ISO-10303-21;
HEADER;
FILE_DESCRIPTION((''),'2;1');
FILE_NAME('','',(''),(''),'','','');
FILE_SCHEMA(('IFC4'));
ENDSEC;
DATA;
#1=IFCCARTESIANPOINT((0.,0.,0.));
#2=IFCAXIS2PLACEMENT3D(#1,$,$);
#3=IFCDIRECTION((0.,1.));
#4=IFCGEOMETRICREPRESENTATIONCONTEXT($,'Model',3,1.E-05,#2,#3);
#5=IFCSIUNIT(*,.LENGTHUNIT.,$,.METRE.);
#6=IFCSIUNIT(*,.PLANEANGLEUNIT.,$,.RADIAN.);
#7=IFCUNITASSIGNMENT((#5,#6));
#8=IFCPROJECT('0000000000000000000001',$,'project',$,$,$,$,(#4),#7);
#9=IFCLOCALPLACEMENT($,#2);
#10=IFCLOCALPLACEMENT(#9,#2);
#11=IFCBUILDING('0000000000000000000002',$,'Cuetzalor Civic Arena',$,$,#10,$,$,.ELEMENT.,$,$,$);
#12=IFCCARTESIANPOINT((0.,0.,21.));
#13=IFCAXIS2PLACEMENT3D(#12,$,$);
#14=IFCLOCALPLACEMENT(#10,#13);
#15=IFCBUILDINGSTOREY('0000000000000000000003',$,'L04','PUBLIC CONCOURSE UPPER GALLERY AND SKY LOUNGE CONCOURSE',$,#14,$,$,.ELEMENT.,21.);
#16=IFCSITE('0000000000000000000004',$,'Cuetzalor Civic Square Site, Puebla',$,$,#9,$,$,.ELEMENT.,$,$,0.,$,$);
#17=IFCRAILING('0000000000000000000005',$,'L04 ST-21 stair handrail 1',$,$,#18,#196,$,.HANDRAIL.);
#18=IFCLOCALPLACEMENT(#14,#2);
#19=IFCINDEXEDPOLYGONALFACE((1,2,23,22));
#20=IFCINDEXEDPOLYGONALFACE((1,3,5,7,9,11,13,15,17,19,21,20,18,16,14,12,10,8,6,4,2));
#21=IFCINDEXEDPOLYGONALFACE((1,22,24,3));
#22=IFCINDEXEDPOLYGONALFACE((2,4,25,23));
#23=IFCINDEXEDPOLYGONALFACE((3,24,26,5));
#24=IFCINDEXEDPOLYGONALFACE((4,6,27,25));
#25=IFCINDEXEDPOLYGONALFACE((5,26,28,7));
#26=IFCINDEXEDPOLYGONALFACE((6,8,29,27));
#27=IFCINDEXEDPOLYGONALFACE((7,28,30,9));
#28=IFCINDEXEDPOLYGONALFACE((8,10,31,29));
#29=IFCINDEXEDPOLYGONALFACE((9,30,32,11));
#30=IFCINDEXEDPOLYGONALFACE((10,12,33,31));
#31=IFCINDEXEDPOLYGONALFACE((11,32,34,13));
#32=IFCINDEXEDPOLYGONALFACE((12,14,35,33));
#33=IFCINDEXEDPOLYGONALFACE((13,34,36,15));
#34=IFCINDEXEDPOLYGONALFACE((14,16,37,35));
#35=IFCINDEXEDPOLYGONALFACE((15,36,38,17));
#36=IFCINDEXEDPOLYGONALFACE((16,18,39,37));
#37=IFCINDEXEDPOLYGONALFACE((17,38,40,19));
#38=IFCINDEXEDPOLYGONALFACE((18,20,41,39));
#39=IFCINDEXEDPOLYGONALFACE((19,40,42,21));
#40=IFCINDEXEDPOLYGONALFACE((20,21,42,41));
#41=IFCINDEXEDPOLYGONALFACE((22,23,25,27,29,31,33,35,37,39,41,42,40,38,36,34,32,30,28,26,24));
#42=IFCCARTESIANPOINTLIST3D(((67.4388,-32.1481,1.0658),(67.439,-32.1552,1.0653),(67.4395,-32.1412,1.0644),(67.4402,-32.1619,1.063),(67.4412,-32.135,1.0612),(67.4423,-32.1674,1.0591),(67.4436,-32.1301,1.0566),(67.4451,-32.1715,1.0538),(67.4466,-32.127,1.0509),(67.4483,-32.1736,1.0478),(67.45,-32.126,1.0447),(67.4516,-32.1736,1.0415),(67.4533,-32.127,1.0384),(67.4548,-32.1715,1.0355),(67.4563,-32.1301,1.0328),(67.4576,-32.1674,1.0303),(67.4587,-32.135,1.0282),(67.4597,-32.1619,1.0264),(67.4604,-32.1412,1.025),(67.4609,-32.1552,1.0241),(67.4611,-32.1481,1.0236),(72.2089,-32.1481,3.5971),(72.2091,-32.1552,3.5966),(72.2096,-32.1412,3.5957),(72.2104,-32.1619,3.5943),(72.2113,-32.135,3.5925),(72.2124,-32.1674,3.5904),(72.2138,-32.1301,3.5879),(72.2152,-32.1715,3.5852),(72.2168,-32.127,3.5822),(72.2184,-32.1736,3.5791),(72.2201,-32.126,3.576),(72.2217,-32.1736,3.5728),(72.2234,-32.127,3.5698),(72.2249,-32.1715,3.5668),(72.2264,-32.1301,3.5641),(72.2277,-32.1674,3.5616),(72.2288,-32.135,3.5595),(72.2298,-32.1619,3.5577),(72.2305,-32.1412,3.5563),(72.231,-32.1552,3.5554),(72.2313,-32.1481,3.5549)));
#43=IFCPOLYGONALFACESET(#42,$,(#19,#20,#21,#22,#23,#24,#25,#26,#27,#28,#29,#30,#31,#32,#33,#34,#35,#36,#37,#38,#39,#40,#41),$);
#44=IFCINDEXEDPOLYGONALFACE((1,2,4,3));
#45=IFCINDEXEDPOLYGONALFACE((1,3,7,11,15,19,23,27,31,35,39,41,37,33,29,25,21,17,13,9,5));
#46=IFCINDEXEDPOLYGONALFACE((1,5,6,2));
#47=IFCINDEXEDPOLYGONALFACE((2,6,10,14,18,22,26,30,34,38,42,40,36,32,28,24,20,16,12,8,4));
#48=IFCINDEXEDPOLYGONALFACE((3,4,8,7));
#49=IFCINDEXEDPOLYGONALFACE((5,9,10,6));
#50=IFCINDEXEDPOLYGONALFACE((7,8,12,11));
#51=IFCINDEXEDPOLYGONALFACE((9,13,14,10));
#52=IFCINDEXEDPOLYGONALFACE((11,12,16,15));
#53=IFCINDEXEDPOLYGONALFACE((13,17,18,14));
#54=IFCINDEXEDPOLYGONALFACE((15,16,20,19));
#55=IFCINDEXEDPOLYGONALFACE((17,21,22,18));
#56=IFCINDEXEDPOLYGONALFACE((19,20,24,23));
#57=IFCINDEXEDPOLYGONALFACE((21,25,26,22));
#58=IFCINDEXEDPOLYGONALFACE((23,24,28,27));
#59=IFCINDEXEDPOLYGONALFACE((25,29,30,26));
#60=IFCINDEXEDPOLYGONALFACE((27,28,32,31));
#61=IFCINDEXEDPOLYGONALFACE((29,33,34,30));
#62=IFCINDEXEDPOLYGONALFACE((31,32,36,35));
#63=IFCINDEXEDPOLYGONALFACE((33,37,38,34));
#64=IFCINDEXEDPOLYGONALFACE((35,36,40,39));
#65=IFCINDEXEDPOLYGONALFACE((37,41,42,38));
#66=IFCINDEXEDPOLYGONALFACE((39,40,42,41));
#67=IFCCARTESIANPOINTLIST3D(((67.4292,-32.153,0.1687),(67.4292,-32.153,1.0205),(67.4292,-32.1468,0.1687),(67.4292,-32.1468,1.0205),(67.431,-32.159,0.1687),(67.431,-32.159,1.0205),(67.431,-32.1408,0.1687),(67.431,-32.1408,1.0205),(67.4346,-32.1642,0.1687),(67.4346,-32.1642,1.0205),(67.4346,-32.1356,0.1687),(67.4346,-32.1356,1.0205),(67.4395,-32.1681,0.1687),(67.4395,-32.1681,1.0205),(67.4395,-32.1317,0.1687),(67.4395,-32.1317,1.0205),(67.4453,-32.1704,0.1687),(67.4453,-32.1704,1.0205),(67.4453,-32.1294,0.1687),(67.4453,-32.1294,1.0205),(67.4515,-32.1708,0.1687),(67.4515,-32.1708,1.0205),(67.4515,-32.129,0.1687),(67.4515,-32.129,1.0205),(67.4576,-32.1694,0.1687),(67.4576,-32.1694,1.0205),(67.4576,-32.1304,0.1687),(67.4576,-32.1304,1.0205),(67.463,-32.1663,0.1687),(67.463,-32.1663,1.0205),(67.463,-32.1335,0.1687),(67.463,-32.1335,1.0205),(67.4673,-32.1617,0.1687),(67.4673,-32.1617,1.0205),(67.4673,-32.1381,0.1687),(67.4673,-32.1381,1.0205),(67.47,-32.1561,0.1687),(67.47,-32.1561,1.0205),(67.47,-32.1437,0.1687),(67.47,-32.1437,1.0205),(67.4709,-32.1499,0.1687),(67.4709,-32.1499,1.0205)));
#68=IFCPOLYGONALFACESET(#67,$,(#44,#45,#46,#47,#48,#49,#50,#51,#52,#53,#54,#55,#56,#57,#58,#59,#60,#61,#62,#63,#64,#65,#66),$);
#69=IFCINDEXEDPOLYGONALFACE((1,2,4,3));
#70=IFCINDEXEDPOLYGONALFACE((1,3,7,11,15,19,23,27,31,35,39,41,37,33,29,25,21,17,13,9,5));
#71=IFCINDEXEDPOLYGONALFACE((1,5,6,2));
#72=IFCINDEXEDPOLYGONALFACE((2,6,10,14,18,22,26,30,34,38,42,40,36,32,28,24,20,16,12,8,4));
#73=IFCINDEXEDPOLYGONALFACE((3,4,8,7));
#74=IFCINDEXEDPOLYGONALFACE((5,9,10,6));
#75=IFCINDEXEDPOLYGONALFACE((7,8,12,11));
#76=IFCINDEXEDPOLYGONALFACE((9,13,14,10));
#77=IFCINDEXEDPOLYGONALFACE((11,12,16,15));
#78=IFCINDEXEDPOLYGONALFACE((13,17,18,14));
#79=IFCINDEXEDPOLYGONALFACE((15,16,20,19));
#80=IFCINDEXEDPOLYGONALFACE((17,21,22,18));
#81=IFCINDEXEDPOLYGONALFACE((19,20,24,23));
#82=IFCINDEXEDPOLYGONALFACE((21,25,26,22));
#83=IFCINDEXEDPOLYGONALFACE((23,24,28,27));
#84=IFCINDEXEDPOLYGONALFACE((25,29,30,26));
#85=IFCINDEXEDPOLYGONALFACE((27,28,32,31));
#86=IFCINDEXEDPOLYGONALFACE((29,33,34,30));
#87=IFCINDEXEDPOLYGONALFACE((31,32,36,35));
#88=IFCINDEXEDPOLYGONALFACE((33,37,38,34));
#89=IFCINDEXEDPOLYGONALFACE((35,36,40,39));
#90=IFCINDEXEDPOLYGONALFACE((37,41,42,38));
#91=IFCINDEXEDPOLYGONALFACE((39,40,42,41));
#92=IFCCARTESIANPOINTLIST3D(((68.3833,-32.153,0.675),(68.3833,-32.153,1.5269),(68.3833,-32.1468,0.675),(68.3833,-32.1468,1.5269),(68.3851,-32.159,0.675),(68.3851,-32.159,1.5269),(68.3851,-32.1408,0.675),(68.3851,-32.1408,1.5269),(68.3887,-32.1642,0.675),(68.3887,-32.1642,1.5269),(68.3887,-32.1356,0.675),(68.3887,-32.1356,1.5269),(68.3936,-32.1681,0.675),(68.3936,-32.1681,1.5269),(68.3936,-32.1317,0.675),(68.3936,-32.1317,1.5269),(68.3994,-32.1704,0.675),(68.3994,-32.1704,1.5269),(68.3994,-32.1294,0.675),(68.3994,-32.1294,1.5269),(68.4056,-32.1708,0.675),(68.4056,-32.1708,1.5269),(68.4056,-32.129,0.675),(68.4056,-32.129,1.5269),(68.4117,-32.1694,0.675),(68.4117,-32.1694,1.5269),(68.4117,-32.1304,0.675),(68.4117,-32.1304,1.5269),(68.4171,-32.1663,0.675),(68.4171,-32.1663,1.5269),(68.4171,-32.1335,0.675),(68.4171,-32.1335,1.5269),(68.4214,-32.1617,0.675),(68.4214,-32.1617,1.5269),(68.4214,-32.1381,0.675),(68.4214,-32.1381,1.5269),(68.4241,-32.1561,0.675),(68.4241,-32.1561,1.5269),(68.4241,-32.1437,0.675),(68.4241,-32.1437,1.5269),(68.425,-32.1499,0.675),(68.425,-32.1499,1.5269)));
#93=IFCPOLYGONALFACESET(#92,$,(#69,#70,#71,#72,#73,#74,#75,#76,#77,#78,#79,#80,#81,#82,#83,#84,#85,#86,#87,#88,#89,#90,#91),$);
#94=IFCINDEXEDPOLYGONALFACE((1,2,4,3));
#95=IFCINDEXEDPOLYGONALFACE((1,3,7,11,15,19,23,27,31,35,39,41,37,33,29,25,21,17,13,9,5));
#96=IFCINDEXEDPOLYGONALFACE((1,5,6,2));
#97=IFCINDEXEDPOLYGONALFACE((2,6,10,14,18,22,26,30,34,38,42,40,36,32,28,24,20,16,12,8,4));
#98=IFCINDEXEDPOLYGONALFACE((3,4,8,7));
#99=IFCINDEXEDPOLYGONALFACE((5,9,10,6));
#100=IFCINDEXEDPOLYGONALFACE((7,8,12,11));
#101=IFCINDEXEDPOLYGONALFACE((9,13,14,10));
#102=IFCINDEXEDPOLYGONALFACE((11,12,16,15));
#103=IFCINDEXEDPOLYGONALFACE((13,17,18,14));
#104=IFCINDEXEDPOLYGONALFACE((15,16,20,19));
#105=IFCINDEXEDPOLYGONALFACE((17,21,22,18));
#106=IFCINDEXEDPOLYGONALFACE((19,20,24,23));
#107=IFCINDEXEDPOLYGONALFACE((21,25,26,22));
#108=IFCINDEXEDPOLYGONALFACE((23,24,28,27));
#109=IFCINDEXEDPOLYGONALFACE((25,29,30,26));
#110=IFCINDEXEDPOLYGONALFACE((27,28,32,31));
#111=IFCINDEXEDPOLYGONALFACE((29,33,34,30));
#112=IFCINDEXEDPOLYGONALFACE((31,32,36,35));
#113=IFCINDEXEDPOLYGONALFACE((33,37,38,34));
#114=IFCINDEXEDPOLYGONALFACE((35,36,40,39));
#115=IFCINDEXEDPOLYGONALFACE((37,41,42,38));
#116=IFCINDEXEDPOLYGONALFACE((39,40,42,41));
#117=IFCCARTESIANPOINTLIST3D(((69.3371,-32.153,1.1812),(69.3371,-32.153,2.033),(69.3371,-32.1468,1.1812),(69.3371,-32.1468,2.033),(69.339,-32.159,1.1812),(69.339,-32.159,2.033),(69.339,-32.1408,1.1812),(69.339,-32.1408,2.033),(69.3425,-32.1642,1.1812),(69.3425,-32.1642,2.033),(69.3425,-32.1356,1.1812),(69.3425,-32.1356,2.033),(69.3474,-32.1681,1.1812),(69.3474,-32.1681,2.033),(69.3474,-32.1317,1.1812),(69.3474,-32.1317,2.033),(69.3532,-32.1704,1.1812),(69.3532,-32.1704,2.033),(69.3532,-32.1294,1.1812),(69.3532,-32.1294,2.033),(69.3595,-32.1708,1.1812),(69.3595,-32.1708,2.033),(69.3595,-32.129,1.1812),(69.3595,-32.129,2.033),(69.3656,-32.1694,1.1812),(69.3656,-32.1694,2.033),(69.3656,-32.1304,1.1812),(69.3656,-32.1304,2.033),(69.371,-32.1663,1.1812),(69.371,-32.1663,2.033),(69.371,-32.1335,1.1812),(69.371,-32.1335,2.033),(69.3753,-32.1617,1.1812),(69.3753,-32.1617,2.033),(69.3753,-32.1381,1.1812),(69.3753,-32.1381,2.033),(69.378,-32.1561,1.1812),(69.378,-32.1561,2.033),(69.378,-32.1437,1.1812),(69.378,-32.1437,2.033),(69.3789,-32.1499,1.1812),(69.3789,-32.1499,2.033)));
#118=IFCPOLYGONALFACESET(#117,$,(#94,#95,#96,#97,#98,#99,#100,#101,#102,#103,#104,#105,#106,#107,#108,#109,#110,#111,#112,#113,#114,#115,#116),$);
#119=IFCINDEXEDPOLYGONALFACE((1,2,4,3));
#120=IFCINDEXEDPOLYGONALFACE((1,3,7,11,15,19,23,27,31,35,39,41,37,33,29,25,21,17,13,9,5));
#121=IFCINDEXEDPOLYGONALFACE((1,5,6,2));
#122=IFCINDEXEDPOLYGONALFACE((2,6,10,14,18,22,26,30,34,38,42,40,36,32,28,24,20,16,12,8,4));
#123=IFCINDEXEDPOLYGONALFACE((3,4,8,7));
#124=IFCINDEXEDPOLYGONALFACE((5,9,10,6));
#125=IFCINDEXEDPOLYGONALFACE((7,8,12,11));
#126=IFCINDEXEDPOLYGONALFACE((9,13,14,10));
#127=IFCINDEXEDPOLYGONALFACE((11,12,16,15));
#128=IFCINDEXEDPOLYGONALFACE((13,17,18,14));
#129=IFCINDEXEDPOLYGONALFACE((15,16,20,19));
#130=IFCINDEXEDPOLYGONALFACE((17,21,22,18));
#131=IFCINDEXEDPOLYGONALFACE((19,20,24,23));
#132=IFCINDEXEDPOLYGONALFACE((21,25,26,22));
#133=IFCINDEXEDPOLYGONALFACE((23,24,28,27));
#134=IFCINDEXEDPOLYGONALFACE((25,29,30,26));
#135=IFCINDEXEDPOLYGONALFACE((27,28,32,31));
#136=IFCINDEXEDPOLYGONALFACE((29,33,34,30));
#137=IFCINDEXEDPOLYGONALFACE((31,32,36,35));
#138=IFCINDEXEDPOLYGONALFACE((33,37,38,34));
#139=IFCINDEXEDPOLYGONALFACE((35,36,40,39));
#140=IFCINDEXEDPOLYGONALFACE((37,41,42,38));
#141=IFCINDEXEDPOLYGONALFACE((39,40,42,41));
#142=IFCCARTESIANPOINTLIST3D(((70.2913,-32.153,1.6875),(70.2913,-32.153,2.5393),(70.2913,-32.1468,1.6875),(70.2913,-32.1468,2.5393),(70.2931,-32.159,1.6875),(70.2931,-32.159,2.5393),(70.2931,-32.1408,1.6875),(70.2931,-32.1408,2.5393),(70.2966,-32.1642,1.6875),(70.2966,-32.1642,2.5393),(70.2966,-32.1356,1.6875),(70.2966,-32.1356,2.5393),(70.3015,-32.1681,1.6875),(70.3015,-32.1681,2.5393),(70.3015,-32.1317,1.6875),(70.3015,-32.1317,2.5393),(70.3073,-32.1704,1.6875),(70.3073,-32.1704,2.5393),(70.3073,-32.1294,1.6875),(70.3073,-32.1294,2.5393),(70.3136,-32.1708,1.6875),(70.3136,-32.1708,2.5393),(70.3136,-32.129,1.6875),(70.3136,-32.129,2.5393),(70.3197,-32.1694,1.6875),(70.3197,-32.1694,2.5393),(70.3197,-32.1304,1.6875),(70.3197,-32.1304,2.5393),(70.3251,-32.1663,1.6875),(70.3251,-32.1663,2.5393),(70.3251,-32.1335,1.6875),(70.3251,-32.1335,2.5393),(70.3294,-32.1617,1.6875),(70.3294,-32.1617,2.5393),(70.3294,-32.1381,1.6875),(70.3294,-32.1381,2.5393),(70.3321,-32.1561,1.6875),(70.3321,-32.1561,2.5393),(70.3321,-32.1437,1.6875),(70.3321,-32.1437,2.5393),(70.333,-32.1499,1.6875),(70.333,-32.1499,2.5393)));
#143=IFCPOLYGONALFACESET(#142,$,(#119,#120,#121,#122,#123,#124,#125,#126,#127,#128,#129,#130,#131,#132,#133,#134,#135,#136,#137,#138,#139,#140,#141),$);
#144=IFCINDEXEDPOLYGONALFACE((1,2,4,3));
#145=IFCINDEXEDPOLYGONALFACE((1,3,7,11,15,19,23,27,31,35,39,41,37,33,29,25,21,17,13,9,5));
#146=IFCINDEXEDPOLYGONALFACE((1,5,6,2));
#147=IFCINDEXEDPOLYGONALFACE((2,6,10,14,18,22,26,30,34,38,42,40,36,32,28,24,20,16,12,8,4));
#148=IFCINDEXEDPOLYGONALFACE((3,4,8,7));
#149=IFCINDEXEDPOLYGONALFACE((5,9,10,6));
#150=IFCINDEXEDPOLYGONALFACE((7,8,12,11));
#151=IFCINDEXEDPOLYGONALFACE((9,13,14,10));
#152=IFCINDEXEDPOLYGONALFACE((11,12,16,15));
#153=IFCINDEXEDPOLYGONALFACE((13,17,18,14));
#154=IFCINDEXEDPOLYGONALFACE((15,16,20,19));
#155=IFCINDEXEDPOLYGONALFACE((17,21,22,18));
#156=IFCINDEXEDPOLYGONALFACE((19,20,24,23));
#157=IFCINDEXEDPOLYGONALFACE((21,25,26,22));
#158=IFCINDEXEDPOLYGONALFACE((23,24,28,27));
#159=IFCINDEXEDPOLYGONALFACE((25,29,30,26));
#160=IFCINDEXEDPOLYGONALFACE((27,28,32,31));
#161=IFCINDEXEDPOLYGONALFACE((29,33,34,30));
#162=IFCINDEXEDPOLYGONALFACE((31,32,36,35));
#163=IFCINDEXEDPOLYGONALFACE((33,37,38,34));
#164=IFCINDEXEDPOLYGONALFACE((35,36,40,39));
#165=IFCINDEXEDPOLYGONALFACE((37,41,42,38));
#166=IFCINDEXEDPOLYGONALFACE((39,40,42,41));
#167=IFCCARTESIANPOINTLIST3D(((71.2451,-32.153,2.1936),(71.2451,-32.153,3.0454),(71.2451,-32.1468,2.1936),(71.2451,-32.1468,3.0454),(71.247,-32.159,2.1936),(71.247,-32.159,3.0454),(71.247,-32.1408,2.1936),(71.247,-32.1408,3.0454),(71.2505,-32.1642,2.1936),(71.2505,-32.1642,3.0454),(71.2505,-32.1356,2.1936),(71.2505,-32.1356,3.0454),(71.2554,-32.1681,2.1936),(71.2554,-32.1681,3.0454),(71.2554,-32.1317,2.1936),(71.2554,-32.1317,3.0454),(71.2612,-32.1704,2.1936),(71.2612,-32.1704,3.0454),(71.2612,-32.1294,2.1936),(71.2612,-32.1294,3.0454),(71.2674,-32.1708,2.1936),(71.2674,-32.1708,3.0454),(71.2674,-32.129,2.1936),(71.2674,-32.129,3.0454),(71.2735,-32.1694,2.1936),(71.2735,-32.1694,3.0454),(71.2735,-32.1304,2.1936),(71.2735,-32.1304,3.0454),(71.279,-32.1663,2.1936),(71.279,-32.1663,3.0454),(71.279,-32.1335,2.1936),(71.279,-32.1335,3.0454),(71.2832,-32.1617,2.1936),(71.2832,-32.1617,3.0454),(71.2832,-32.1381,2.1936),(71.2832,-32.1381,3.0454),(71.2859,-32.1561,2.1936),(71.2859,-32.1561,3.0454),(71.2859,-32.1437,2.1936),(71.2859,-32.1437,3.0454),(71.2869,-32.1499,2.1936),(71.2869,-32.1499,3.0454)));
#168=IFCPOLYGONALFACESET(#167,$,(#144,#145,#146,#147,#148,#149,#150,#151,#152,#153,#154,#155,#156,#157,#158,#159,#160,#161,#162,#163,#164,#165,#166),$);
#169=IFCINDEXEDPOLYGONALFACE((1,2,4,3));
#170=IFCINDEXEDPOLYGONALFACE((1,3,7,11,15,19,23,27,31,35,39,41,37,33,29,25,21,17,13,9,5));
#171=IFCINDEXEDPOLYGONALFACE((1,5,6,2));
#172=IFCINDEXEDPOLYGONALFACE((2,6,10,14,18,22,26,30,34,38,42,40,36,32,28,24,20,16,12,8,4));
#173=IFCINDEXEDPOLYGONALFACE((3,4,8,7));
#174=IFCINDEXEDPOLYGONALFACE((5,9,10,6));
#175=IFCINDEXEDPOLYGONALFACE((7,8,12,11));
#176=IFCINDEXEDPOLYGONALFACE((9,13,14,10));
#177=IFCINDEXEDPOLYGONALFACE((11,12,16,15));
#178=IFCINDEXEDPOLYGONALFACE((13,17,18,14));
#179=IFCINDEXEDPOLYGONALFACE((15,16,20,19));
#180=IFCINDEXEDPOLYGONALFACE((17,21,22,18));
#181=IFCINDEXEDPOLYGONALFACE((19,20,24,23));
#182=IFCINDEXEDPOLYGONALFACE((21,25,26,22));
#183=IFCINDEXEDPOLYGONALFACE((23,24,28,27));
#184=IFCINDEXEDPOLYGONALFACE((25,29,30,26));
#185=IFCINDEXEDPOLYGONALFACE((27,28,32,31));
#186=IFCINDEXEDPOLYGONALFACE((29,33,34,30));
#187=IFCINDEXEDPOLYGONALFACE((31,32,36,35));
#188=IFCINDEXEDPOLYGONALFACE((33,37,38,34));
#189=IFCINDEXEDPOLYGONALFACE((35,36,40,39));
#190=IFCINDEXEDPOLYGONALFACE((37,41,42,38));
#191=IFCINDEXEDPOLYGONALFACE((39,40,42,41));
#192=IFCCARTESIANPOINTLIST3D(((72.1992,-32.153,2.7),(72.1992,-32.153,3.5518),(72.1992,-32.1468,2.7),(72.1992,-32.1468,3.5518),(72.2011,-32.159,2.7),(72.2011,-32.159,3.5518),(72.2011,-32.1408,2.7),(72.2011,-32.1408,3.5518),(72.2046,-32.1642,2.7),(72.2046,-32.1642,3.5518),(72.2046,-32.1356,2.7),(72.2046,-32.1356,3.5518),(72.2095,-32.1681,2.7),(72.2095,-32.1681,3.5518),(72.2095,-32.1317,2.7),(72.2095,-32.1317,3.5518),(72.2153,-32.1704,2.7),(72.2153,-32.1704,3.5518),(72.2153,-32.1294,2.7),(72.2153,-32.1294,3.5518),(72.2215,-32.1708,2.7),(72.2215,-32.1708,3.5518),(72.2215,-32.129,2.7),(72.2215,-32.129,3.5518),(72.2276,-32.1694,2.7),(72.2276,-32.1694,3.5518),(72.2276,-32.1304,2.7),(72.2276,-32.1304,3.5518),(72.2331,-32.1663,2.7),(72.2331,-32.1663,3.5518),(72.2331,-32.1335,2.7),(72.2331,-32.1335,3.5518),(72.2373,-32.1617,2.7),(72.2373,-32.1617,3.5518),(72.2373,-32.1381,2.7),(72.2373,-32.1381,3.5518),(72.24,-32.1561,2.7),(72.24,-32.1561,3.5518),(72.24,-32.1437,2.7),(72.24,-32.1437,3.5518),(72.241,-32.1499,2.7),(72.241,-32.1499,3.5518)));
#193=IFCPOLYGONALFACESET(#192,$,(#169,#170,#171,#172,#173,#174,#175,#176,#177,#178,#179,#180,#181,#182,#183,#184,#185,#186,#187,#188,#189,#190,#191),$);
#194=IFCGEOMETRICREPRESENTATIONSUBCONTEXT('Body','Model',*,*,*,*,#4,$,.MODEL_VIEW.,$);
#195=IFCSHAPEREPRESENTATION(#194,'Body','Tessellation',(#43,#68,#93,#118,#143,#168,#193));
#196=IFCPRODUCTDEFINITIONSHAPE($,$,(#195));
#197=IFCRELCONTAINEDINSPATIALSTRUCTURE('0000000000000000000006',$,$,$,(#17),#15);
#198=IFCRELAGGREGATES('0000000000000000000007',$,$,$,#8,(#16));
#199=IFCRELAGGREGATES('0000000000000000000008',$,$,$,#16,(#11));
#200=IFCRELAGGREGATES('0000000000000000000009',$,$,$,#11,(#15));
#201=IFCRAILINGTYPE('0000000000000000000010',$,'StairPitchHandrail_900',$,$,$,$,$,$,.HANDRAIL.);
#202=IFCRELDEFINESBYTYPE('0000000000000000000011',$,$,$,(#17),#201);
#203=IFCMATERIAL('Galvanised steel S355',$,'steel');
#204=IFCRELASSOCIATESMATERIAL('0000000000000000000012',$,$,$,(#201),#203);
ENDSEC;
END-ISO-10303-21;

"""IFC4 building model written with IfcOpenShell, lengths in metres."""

from ifc_helpers import new_model, si_unit, direction, frame, origin, origin_2d, place, context, subcontext, project, spatial, circle, extrude, material, type_object, element, save


model = new_model("IFC4")

# Units and contexts
model_context = context("Model", 3, precision=1e-05, world=origin(), true_north=direction((0.0, 1.0)))
body_context = subcontext(model_context, "Body", "Model", "MODEL_VIEW")
ifc_project = project(units=[si_unit("LENGTHUNIT", "METRE"), si_unit("PLANEANGLEUNIT", "RADIAN")], contexts=[model_context])

# Site, building, storey
site_placement = place(None, origin())
site = spatial("IfcSite", under=ifc_project, at=site_placement, Name="Cuetzalor Civic Square Site, Puebla", CompositionType="ELEMENT", RefElevation=0.0)
building_placement = place(site_placement, origin())
building = spatial("IfcBuilding", under=site, at=building_placement, Name="Cuetzalor Civic Arena", CompositionType="ELEMENT")
storey_placement = place(building_placement, frame((0.0, 0.0, 21.0)))
storey = spatial("IfcBuildingStorey", under=building, at=storey_placement, Name="L04", Description="PUBLIC CONCOURSE UPPER GALLERY AND SKY LOUNGE CONCOURSE", CompositionType="ELEMENT", Elevation=21.0)

# Railing
ifc_material_1 = material(Name="Galvanised steel S355", Category="steel")
railing_type_1 = type_object("IfcRailingType", Name="StairPitchHandrail_900", PredefinedType="HANDRAIL", material=ifc_material_1)
railing_1_placement = place(storey_placement, frame((67.45, -32.1499, 0.1687)))
element("IfcRailing", 1, at=railing_1_placement, inside=storey, type_object=railing_type_1, Name="L04 ST-21 stair handrail 1", PredefinedType="HANDRAIL", context=body_context, shape_type="SweptSolid", body=[
    extrude(circle(Radius=0.0239, at=origin_2d()), frame((0.0, 0.0, 0.876), z_axis=(0.883332, 0.0, 0.468747), x_axis=(0.0, 1.0, 0.0)), (0.0, 0.0, 1.0), 5.4001),
    extrude(circle(Radius=0.021, at=origin_2d()), origin(), (0.0, 0.0, 1.0), 0.8518),
    extrude(circle(Radius=0.021, at=origin_2d()), frame((0.9541, 0.0, 0.5063)), (0.0, 0.0, 1.0), 0.8518),
    extrude(circle(Radius=0.021, at=origin_2d()), frame((1.908, 0.0, 1.0125)), (0.0, 0.0, 1.0), 0.8518),
    extrude(circle(Radius=0.021, at=origin_2d()), frame((2.8621, 0.0, 1.5188)), (0.0, 0.0, 1.0), 0.8518),
    extrude(circle(Radius=0.021, at=origin_2d()), frame((3.8159, 0.0, 2.0249)), (0.0, 0.0, 1.0), 0.8518),
    extrude(circle(Radius=0.021, at=origin_2d()), frame((4.77, 0.0, 2.5312)), (0.0, 0.0, 1.0), 0.8518),
])

save(model, "model.ifc")
